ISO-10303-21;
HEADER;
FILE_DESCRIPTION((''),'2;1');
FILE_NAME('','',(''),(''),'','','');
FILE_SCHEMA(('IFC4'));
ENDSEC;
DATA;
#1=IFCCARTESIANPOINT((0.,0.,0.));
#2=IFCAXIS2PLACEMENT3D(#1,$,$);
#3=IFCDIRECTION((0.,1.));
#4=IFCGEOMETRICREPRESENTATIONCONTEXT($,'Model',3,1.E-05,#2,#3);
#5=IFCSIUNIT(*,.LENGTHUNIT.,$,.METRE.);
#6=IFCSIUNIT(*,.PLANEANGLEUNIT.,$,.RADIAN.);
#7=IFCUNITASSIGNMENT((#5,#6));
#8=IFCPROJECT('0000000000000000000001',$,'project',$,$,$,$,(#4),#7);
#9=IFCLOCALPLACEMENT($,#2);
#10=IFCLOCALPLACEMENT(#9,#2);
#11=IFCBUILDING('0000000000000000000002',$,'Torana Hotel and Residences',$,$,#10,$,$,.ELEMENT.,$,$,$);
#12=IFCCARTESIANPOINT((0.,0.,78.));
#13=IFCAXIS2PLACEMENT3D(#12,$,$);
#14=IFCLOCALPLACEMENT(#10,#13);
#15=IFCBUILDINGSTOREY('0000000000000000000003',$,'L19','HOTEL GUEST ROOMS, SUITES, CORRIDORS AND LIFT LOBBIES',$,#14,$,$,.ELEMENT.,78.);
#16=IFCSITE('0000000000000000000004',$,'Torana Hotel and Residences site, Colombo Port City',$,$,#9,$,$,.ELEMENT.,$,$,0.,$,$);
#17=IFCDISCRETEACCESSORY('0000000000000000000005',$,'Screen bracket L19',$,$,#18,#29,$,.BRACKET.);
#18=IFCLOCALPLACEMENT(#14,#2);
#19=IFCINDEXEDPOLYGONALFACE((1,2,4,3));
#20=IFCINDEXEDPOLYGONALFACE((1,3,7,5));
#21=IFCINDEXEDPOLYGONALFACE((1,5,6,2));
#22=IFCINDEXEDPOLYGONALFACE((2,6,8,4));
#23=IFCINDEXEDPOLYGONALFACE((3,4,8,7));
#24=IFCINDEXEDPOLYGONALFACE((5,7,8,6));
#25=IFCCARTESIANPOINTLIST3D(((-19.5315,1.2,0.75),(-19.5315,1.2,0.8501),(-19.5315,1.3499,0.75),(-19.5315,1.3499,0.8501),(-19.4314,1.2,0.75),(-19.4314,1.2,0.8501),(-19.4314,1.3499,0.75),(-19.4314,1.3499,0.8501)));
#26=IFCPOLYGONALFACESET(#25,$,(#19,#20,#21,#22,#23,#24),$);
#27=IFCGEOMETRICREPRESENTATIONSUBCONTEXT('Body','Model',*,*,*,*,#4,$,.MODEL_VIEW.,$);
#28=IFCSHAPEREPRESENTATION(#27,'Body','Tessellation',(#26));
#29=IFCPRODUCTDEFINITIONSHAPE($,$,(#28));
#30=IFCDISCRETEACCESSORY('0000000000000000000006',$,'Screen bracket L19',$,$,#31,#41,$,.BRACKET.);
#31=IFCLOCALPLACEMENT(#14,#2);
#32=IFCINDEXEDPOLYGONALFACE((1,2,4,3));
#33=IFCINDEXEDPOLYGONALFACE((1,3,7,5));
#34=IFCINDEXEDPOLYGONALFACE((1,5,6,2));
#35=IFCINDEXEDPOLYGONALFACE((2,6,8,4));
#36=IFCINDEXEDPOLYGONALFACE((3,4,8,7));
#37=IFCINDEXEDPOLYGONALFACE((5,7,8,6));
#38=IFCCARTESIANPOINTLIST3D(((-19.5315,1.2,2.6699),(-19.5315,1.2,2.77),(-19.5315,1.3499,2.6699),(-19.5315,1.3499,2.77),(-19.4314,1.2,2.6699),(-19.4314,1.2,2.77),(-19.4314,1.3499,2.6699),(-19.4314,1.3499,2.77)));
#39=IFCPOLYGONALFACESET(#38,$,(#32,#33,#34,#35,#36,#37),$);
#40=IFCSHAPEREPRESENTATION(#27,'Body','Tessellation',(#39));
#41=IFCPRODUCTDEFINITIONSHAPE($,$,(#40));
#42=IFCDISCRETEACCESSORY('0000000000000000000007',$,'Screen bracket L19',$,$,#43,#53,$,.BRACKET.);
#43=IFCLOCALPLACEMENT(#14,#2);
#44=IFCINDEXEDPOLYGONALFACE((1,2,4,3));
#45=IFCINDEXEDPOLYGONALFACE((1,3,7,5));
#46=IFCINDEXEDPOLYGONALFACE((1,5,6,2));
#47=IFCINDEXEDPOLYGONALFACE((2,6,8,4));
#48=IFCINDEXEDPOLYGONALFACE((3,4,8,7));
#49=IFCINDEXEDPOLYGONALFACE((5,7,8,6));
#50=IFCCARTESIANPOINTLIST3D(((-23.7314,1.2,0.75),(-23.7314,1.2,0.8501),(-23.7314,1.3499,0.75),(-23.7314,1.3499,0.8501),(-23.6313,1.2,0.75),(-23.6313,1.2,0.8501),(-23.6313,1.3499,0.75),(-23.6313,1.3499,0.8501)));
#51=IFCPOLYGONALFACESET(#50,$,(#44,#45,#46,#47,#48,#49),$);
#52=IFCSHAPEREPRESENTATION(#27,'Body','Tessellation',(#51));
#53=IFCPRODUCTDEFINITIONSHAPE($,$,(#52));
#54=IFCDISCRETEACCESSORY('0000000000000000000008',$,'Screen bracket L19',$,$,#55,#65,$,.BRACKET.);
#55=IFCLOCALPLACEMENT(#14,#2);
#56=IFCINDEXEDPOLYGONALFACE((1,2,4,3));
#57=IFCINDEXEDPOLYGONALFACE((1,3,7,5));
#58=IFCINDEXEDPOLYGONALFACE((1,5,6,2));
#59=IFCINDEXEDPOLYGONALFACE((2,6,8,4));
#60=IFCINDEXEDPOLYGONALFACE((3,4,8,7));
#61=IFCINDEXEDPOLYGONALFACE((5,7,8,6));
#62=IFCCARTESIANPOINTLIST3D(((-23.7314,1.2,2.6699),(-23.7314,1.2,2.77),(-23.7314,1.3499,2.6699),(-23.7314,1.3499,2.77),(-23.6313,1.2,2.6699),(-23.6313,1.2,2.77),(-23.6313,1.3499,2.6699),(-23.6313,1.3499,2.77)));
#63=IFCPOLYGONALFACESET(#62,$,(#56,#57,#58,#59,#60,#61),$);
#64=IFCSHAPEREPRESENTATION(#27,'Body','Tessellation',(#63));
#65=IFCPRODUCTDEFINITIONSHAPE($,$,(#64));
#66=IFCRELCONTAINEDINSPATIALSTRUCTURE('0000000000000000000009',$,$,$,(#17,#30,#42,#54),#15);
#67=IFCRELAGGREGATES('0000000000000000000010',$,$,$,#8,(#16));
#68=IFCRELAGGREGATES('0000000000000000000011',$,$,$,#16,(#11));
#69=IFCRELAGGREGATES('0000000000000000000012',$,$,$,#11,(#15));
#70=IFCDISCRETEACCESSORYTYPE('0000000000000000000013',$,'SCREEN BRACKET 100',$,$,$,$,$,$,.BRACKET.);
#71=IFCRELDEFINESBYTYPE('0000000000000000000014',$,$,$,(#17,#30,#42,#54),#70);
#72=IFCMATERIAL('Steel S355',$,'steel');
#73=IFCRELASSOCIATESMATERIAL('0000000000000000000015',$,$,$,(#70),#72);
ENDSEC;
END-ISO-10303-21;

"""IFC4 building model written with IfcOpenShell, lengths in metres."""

from ifc_helpers import new_model, si_unit, direction, frame, origin, origin_2d, place, context, subcontext, project, spatial, rectangle, extrude, material, type_object, element, save


model = new_model("IFC4")

# Units and contexts
model_context = context("Model", 3, precision=1e-05, world=origin(), true_north=direction((0.0, 1.0)))
body_context = subcontext(model_context, "Body", "Model", "MODEL_VIEW")
ifc_project = project(units=[si_unit("LENGTHUNIT", "METRE"), si_unit("PLANEANGLEUNIT", "RADIAN")], contexts=[model_context])

# Site, building, storey
site_placement = place(None, origin())
site = spatial("IfcSite", under=ifc_project, at=site_placement, Name="Torana Hotel and Residences site, Colombo Port City", CompositionType="ELEMENT", RefElevation=0.0)
building_placement = place(site_placement, origin())
building = spatial("IfcBuilding", under=site, at=building_placement, Name="Torana Hotel and Residences", CompositionType="ELEMENT")
storey_placement = place(building_placement, frame((0.0, 0.0, 78.0)))
storey = spatial("IfcBuildingStorey", under=building, at=storey_placement, Name="L19", Description="HOTEL GUEST ROOMS, SUITES, CORRIDORS AND LIFT LOBBIES", CompositionType="ELEMENT", Elevation=78.0)

# Discrete accessories
ifc_material_1 = material(Name="Steel S355", Category="steel")
discrete_accessory_type = type_object("IfcDiscreteAccessoryType", Name="SCREEN BRACKET 100", PredefinedType="BRACKET", material=ifc_material_1)
for number, where, z_axis, x_axis, name in (
    (1, (-19.4814, 1.2749, 0.75), (0.0, 0.0, 1.0), (-1.0, 0.0, 0.0), "Screen bracket L19"),
    (2, (-19.4814, 1.2749, 2.6699), (0.0, 0.0, 1.0), (-1.0, 0.0, 0.0), "Screen bracket L19"),
    (3, (-23.6814, 1.2749, 0.75), (0.0, 0.0, 1.0), (-1.0, 0.0, 0.0), "Screen bracket L19"),
    (4, (-23.6814, 1.2749, 2.6699), (0.0, 0.0, 1.0), (-1.0, 0.0, 0.0), "Screen bracket L19"),
):
    element("IfcDiscreteAccessory", number, at=place(storey_placement, frame(where, z_axis=z_axis, x_axis=x_axis)), inside=storey, type_object=discrete_accessory_type, Name=name, PredefinedType="BRACKET", context=body_context, shape_type="SweptSolid", body=[
        extrude(rectangle(XDim=0.1001, YDim=0.1499, at=origin_2d()), origin(), (0.0, 0.0, 1.0), 0.1001),
    ])

save(model, "model.ifc")
